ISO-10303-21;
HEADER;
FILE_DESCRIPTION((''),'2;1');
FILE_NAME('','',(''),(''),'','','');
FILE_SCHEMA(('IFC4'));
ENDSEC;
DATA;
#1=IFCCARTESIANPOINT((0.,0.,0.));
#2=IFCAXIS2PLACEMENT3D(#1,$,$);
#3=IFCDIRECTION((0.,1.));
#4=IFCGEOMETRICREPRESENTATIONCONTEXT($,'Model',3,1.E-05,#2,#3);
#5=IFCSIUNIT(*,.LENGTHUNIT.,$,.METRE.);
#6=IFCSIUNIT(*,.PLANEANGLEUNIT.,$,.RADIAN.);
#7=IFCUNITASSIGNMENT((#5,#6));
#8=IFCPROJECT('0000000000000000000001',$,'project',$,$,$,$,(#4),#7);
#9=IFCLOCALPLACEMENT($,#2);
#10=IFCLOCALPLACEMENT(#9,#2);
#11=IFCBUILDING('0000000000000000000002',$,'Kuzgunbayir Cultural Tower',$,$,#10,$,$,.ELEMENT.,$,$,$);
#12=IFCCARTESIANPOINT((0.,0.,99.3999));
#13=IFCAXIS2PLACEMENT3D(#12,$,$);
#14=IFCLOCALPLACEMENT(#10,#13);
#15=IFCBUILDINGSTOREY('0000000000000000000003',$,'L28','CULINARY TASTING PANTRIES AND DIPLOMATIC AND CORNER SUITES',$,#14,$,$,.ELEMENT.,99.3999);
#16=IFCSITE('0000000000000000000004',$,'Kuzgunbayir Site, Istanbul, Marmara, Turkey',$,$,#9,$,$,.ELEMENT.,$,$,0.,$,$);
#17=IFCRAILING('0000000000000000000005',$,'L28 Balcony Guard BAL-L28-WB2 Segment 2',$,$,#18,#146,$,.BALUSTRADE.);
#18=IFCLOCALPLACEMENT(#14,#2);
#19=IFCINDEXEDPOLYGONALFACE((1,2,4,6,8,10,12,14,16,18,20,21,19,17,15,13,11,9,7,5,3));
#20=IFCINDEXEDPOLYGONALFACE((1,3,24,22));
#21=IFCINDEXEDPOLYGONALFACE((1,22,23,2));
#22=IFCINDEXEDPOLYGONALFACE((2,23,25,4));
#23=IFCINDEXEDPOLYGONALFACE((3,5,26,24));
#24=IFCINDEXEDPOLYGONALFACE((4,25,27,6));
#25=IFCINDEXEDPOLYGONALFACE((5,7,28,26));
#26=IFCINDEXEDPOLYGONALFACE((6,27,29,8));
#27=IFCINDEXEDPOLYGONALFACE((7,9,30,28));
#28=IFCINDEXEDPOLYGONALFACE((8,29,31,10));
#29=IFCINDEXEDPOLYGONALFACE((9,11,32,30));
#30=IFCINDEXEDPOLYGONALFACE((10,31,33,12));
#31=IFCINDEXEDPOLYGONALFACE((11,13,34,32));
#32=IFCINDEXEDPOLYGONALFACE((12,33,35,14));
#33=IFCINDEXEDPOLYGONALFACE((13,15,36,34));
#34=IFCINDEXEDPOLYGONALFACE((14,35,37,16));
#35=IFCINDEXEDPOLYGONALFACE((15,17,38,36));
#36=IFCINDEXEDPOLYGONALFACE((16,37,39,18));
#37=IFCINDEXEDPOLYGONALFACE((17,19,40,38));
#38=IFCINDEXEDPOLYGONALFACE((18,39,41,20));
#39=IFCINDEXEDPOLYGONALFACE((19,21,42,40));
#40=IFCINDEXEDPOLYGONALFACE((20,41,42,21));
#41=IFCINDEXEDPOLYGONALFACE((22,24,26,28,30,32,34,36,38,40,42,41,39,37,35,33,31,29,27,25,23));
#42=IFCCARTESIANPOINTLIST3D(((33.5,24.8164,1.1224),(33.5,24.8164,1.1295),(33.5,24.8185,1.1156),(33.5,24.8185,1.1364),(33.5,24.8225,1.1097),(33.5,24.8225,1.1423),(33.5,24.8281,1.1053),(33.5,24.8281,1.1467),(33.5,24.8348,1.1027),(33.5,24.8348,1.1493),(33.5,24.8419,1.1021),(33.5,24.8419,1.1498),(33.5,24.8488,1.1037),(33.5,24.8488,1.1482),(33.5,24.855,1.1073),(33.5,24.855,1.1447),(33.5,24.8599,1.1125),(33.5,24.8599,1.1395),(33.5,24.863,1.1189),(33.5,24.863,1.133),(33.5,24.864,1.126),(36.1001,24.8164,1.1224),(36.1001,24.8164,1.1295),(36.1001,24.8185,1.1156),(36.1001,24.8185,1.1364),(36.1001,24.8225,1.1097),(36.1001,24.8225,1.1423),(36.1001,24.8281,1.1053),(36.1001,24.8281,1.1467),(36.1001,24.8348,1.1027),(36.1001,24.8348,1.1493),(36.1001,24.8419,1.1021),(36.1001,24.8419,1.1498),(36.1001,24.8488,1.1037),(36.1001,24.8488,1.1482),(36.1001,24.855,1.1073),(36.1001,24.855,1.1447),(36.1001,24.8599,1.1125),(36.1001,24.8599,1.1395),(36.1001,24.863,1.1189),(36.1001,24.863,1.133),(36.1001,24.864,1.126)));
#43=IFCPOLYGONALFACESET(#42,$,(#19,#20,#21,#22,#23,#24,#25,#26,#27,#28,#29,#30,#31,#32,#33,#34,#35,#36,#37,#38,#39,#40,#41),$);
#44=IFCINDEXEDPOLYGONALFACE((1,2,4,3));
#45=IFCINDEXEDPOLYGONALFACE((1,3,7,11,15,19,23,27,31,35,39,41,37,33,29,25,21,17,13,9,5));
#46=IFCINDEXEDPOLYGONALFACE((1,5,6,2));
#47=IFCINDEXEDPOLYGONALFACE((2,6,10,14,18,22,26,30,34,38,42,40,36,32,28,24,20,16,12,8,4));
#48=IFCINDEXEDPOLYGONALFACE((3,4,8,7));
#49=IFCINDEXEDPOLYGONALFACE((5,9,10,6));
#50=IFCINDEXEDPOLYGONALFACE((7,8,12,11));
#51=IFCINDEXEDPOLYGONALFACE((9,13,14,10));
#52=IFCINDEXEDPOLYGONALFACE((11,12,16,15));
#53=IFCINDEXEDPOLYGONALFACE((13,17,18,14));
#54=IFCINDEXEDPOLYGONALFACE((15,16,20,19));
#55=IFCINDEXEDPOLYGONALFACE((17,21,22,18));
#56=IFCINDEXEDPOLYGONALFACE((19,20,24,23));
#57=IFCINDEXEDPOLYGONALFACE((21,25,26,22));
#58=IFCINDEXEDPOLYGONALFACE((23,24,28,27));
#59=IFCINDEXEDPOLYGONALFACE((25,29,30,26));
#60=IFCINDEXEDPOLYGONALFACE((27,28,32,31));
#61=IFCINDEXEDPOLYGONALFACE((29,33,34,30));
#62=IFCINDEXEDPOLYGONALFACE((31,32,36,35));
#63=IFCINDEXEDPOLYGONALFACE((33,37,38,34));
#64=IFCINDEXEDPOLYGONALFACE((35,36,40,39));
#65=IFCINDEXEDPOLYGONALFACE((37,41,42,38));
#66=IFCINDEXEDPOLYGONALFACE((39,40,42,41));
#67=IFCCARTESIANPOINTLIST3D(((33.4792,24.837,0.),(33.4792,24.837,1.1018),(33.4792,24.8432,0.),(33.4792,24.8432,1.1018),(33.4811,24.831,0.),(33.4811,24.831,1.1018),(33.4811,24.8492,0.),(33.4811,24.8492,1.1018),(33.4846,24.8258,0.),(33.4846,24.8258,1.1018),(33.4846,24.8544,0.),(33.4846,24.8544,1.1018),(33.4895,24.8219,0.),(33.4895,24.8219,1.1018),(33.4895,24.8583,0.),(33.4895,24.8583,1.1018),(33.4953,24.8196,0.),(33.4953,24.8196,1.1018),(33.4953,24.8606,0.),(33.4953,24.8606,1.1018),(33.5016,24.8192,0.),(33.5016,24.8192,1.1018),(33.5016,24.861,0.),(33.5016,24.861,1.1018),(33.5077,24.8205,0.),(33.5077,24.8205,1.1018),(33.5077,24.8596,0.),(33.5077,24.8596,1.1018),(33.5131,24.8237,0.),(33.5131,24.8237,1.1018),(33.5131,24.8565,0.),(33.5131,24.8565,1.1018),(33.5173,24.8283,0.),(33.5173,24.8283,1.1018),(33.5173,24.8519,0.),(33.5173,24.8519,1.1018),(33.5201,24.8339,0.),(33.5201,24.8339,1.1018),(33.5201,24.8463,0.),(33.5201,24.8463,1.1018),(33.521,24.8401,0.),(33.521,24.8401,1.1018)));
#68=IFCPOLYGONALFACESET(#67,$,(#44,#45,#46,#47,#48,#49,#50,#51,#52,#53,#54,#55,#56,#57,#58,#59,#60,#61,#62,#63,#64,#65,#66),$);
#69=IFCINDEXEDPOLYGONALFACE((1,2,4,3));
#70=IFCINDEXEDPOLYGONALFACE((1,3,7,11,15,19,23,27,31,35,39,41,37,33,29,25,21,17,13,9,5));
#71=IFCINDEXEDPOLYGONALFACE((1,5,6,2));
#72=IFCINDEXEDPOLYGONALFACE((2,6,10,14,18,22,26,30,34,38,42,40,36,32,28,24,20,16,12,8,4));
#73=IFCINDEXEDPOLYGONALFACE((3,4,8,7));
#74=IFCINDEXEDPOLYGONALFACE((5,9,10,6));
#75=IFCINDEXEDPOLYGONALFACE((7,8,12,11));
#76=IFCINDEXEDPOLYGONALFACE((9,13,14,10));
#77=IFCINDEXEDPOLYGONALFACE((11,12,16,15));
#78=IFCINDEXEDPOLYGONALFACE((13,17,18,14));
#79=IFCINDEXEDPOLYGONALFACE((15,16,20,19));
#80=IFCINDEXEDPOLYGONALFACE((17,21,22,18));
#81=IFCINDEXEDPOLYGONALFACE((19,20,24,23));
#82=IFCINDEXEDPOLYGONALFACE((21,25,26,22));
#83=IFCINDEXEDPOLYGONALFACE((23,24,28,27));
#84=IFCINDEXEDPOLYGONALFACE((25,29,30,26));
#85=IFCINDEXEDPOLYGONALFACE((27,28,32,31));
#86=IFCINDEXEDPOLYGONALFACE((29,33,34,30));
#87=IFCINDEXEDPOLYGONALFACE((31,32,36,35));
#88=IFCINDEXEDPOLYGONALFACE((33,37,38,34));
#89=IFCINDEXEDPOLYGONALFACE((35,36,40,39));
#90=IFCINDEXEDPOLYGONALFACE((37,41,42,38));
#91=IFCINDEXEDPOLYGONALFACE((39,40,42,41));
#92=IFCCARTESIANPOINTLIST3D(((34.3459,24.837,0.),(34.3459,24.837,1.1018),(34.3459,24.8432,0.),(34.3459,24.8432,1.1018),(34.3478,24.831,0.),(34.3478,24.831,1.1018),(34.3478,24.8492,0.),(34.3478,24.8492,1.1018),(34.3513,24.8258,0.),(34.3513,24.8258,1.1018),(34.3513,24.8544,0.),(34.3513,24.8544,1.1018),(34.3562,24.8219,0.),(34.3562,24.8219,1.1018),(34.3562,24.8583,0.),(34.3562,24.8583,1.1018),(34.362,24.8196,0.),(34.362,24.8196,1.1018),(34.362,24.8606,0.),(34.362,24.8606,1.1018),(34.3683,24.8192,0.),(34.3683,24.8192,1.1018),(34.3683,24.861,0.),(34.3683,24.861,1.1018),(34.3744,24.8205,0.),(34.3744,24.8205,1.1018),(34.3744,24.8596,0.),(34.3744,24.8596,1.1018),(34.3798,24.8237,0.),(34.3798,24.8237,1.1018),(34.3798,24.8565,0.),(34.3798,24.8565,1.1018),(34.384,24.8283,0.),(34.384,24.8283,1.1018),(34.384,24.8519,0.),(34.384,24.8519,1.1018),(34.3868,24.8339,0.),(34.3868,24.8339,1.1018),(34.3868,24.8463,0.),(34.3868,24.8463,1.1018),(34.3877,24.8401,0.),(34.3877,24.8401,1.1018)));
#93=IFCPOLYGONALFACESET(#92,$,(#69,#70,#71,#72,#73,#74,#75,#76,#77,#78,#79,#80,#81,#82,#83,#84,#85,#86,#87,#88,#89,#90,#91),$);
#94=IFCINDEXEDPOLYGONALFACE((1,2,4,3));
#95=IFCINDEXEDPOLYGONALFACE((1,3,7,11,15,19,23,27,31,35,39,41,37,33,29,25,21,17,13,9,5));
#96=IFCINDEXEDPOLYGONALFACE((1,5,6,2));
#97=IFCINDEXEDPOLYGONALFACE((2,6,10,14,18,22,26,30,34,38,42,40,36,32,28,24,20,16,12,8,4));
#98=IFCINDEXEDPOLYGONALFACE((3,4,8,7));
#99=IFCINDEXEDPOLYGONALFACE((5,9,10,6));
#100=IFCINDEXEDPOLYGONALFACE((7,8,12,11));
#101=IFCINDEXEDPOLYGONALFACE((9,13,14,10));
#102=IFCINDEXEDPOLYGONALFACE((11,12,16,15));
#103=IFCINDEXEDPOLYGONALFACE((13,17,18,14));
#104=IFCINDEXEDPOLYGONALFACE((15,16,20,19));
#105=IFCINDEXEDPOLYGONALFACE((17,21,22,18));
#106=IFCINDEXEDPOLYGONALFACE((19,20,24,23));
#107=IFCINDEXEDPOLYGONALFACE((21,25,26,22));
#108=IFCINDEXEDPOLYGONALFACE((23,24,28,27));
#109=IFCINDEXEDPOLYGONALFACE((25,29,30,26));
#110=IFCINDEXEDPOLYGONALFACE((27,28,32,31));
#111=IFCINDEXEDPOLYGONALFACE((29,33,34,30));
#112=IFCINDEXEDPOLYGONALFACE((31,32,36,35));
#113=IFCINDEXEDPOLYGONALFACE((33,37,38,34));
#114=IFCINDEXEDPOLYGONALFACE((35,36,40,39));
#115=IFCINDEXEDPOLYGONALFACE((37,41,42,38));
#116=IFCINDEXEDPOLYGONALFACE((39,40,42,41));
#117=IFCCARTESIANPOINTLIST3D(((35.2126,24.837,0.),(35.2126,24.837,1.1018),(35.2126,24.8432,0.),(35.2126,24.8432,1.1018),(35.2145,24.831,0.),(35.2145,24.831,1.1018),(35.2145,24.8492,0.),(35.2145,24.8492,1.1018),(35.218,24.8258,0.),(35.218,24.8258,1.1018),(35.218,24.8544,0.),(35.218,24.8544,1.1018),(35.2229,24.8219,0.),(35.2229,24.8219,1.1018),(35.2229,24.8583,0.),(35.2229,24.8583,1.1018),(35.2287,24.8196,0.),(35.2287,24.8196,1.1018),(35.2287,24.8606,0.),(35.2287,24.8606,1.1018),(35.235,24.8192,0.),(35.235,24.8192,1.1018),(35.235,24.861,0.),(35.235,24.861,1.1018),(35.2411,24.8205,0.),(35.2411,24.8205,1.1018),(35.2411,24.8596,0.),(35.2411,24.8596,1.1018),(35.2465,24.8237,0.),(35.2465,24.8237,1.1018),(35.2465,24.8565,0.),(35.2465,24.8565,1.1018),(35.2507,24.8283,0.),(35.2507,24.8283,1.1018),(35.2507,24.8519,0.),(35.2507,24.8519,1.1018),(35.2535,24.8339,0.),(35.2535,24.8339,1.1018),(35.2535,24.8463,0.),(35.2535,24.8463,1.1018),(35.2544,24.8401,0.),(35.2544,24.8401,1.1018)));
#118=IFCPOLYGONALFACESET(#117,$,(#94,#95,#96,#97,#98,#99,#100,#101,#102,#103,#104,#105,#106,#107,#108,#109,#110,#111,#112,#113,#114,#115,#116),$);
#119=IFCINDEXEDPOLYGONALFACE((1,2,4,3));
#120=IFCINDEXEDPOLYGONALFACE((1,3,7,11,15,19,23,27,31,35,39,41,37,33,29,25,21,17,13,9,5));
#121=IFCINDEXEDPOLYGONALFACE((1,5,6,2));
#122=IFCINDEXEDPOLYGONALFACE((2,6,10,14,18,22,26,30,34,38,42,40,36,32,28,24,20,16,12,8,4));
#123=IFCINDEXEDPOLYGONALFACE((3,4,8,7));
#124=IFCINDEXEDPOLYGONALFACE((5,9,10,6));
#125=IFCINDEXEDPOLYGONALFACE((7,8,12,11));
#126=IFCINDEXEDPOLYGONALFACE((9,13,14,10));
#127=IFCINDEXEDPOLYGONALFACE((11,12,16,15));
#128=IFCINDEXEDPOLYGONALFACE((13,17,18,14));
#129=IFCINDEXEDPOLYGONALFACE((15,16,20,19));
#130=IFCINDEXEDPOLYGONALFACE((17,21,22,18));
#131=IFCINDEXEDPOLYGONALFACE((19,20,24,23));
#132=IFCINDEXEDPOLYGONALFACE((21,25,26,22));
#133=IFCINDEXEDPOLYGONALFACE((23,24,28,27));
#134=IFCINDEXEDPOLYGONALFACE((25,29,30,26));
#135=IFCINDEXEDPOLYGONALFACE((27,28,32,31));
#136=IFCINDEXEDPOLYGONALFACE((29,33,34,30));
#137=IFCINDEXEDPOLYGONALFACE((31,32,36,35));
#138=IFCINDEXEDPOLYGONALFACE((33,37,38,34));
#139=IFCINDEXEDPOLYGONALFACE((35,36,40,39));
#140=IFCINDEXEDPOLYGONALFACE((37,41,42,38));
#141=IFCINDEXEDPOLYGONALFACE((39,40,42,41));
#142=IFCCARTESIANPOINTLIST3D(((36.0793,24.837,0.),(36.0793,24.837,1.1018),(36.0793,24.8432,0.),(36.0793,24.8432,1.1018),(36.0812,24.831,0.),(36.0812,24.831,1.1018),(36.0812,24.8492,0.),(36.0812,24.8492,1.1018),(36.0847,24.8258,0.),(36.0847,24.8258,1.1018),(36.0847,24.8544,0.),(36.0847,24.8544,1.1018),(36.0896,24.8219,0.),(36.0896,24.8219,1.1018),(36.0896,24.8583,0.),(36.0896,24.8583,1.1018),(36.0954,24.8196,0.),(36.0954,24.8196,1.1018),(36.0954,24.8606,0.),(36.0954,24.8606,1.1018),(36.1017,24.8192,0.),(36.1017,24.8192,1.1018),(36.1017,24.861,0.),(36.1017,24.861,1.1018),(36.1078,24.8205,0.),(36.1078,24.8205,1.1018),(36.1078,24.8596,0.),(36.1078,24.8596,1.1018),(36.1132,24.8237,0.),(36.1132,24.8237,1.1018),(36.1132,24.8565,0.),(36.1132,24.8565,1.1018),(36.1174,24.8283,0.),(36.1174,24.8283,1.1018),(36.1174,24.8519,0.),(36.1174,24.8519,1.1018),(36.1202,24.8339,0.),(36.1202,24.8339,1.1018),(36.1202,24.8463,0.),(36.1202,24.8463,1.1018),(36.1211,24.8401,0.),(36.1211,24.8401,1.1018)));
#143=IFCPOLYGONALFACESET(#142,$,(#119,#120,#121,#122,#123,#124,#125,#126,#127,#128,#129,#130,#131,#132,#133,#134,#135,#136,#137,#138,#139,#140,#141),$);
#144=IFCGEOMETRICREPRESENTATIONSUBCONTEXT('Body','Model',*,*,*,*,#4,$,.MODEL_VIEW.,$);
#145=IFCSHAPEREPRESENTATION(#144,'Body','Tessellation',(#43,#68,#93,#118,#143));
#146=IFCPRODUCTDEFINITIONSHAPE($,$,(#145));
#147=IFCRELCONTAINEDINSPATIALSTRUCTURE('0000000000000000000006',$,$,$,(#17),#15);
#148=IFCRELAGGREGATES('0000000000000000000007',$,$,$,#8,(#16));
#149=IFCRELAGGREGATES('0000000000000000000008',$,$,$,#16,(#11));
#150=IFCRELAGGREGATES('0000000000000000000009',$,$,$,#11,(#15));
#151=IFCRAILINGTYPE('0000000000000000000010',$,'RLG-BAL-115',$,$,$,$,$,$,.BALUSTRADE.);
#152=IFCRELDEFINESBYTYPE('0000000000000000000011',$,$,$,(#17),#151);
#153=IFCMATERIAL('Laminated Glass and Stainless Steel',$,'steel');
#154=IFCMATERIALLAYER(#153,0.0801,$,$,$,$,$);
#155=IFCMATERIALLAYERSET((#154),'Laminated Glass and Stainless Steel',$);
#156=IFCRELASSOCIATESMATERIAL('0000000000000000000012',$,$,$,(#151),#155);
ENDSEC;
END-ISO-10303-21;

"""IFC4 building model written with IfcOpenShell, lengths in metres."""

from ifc_helpers import new_model, si_unit, direction, frame, origin, origin_2d, place, context, subcontext, project, spatial, circle, extrude, material, layer, layer_set, type_object, element, save


model = new_model("IFC4")

# Units and contexts
model_context = context("Model", 3, precision=1e-05, world=origin(), true_north=direction((0.0, 1.0)))
body_context = subcontext(model_context, "Body", "Model", "MODEL_VIEW")
ifc_project = project(units=[si_unit("LENGTHUNIT", "METRE"), si_unit("PLANEANGLEUNIT", "RADIAN")], contexts=[model_context])

# Site, building, storey
site_placement = place(None, origin())
site = spatial("IfcSite", under=ifc_project, at=site_placement, Name="Kuzgunbayir Site, Istanbul, Marmara, Turkey", CompositionType="ELEMENT", RefElevation=0.0)
building_placement = place(site_placement, origin())
building = spatial("IfcBuilding", under=site, at=building_placement, Name="Kuzgunbayir Cultural Tower", CompositionType="ELEMENT")
storey_placement = place(building_placement, frame((0.0, 0.0, 99.3999)))
storey = spatial("IfcBuildingStorey", under=building, at=storey_placement, Name="L28", Description="CULINARY TASTING PANTRIES AND DIPLOMATIC AND CORNER SUITES", CompositionType="ELEMENT", Elevation=99.3999)

# Railing
ifc_material_1 = material(Name="Laminated Glass and Stainless Steel", Category="steel")
ifc_layer_1 = layer(ifc_material_1, 0.0801)
ifc_layer_set_1 = layer_set([ifc_layer_1], Name="Laminated Glass and Stainless Steel")
railing_type = type_object("IfcRailingType", Name="RLG-BAL-115", PredefinedType="BALUSTRADE", material=ifc_layer_set_1)
railing_1_placement = place(storey_placement, frame((33.5, 24.8401, 0.0)))
element("IfcRailing", 1, at=railing_1_placement, inside=storey, type_object=railing_type, Name="L28 Balcony Guard BAL-L28-WB2 Segment 2", PredefinedType="BALUSTRADE", context=body_context, shape_type="SweptSolid", body=[
    extrude(circle(Radius=0.0239, at=origin_2d()), frame((0.0, 0.0, 1.126), z_axis=(1.0, 0.0, 0.0), x_axis=(0.0, 1.0, 0.0)), (0.0, 0.0, 1.0), 2.6001),
    extrude(circle(Radius=0.021, at=origin_2d()), origin(), (0.0, 0.0, 1.0), 1.1018),
    extrude(circle(Radius=0.021, at=origin_2d()), frame((0.8667, 0.0, 0.0)), (0.0, 0.0, 1.0), 1.1018),
    extrude(circle(Radius=0.021, at=origin_2d()), frame((1.7334, 0.0, 0.0)), (0.0, 0.0, 1.0), 1.1018),
    extrude(circle(Radius=0.021, at=origin_2d()), frame((2.6001, 0.0, 0.0)), (0.0, 0.0, 1.0), 1.1018),
])

save(model, "model.ifc")
